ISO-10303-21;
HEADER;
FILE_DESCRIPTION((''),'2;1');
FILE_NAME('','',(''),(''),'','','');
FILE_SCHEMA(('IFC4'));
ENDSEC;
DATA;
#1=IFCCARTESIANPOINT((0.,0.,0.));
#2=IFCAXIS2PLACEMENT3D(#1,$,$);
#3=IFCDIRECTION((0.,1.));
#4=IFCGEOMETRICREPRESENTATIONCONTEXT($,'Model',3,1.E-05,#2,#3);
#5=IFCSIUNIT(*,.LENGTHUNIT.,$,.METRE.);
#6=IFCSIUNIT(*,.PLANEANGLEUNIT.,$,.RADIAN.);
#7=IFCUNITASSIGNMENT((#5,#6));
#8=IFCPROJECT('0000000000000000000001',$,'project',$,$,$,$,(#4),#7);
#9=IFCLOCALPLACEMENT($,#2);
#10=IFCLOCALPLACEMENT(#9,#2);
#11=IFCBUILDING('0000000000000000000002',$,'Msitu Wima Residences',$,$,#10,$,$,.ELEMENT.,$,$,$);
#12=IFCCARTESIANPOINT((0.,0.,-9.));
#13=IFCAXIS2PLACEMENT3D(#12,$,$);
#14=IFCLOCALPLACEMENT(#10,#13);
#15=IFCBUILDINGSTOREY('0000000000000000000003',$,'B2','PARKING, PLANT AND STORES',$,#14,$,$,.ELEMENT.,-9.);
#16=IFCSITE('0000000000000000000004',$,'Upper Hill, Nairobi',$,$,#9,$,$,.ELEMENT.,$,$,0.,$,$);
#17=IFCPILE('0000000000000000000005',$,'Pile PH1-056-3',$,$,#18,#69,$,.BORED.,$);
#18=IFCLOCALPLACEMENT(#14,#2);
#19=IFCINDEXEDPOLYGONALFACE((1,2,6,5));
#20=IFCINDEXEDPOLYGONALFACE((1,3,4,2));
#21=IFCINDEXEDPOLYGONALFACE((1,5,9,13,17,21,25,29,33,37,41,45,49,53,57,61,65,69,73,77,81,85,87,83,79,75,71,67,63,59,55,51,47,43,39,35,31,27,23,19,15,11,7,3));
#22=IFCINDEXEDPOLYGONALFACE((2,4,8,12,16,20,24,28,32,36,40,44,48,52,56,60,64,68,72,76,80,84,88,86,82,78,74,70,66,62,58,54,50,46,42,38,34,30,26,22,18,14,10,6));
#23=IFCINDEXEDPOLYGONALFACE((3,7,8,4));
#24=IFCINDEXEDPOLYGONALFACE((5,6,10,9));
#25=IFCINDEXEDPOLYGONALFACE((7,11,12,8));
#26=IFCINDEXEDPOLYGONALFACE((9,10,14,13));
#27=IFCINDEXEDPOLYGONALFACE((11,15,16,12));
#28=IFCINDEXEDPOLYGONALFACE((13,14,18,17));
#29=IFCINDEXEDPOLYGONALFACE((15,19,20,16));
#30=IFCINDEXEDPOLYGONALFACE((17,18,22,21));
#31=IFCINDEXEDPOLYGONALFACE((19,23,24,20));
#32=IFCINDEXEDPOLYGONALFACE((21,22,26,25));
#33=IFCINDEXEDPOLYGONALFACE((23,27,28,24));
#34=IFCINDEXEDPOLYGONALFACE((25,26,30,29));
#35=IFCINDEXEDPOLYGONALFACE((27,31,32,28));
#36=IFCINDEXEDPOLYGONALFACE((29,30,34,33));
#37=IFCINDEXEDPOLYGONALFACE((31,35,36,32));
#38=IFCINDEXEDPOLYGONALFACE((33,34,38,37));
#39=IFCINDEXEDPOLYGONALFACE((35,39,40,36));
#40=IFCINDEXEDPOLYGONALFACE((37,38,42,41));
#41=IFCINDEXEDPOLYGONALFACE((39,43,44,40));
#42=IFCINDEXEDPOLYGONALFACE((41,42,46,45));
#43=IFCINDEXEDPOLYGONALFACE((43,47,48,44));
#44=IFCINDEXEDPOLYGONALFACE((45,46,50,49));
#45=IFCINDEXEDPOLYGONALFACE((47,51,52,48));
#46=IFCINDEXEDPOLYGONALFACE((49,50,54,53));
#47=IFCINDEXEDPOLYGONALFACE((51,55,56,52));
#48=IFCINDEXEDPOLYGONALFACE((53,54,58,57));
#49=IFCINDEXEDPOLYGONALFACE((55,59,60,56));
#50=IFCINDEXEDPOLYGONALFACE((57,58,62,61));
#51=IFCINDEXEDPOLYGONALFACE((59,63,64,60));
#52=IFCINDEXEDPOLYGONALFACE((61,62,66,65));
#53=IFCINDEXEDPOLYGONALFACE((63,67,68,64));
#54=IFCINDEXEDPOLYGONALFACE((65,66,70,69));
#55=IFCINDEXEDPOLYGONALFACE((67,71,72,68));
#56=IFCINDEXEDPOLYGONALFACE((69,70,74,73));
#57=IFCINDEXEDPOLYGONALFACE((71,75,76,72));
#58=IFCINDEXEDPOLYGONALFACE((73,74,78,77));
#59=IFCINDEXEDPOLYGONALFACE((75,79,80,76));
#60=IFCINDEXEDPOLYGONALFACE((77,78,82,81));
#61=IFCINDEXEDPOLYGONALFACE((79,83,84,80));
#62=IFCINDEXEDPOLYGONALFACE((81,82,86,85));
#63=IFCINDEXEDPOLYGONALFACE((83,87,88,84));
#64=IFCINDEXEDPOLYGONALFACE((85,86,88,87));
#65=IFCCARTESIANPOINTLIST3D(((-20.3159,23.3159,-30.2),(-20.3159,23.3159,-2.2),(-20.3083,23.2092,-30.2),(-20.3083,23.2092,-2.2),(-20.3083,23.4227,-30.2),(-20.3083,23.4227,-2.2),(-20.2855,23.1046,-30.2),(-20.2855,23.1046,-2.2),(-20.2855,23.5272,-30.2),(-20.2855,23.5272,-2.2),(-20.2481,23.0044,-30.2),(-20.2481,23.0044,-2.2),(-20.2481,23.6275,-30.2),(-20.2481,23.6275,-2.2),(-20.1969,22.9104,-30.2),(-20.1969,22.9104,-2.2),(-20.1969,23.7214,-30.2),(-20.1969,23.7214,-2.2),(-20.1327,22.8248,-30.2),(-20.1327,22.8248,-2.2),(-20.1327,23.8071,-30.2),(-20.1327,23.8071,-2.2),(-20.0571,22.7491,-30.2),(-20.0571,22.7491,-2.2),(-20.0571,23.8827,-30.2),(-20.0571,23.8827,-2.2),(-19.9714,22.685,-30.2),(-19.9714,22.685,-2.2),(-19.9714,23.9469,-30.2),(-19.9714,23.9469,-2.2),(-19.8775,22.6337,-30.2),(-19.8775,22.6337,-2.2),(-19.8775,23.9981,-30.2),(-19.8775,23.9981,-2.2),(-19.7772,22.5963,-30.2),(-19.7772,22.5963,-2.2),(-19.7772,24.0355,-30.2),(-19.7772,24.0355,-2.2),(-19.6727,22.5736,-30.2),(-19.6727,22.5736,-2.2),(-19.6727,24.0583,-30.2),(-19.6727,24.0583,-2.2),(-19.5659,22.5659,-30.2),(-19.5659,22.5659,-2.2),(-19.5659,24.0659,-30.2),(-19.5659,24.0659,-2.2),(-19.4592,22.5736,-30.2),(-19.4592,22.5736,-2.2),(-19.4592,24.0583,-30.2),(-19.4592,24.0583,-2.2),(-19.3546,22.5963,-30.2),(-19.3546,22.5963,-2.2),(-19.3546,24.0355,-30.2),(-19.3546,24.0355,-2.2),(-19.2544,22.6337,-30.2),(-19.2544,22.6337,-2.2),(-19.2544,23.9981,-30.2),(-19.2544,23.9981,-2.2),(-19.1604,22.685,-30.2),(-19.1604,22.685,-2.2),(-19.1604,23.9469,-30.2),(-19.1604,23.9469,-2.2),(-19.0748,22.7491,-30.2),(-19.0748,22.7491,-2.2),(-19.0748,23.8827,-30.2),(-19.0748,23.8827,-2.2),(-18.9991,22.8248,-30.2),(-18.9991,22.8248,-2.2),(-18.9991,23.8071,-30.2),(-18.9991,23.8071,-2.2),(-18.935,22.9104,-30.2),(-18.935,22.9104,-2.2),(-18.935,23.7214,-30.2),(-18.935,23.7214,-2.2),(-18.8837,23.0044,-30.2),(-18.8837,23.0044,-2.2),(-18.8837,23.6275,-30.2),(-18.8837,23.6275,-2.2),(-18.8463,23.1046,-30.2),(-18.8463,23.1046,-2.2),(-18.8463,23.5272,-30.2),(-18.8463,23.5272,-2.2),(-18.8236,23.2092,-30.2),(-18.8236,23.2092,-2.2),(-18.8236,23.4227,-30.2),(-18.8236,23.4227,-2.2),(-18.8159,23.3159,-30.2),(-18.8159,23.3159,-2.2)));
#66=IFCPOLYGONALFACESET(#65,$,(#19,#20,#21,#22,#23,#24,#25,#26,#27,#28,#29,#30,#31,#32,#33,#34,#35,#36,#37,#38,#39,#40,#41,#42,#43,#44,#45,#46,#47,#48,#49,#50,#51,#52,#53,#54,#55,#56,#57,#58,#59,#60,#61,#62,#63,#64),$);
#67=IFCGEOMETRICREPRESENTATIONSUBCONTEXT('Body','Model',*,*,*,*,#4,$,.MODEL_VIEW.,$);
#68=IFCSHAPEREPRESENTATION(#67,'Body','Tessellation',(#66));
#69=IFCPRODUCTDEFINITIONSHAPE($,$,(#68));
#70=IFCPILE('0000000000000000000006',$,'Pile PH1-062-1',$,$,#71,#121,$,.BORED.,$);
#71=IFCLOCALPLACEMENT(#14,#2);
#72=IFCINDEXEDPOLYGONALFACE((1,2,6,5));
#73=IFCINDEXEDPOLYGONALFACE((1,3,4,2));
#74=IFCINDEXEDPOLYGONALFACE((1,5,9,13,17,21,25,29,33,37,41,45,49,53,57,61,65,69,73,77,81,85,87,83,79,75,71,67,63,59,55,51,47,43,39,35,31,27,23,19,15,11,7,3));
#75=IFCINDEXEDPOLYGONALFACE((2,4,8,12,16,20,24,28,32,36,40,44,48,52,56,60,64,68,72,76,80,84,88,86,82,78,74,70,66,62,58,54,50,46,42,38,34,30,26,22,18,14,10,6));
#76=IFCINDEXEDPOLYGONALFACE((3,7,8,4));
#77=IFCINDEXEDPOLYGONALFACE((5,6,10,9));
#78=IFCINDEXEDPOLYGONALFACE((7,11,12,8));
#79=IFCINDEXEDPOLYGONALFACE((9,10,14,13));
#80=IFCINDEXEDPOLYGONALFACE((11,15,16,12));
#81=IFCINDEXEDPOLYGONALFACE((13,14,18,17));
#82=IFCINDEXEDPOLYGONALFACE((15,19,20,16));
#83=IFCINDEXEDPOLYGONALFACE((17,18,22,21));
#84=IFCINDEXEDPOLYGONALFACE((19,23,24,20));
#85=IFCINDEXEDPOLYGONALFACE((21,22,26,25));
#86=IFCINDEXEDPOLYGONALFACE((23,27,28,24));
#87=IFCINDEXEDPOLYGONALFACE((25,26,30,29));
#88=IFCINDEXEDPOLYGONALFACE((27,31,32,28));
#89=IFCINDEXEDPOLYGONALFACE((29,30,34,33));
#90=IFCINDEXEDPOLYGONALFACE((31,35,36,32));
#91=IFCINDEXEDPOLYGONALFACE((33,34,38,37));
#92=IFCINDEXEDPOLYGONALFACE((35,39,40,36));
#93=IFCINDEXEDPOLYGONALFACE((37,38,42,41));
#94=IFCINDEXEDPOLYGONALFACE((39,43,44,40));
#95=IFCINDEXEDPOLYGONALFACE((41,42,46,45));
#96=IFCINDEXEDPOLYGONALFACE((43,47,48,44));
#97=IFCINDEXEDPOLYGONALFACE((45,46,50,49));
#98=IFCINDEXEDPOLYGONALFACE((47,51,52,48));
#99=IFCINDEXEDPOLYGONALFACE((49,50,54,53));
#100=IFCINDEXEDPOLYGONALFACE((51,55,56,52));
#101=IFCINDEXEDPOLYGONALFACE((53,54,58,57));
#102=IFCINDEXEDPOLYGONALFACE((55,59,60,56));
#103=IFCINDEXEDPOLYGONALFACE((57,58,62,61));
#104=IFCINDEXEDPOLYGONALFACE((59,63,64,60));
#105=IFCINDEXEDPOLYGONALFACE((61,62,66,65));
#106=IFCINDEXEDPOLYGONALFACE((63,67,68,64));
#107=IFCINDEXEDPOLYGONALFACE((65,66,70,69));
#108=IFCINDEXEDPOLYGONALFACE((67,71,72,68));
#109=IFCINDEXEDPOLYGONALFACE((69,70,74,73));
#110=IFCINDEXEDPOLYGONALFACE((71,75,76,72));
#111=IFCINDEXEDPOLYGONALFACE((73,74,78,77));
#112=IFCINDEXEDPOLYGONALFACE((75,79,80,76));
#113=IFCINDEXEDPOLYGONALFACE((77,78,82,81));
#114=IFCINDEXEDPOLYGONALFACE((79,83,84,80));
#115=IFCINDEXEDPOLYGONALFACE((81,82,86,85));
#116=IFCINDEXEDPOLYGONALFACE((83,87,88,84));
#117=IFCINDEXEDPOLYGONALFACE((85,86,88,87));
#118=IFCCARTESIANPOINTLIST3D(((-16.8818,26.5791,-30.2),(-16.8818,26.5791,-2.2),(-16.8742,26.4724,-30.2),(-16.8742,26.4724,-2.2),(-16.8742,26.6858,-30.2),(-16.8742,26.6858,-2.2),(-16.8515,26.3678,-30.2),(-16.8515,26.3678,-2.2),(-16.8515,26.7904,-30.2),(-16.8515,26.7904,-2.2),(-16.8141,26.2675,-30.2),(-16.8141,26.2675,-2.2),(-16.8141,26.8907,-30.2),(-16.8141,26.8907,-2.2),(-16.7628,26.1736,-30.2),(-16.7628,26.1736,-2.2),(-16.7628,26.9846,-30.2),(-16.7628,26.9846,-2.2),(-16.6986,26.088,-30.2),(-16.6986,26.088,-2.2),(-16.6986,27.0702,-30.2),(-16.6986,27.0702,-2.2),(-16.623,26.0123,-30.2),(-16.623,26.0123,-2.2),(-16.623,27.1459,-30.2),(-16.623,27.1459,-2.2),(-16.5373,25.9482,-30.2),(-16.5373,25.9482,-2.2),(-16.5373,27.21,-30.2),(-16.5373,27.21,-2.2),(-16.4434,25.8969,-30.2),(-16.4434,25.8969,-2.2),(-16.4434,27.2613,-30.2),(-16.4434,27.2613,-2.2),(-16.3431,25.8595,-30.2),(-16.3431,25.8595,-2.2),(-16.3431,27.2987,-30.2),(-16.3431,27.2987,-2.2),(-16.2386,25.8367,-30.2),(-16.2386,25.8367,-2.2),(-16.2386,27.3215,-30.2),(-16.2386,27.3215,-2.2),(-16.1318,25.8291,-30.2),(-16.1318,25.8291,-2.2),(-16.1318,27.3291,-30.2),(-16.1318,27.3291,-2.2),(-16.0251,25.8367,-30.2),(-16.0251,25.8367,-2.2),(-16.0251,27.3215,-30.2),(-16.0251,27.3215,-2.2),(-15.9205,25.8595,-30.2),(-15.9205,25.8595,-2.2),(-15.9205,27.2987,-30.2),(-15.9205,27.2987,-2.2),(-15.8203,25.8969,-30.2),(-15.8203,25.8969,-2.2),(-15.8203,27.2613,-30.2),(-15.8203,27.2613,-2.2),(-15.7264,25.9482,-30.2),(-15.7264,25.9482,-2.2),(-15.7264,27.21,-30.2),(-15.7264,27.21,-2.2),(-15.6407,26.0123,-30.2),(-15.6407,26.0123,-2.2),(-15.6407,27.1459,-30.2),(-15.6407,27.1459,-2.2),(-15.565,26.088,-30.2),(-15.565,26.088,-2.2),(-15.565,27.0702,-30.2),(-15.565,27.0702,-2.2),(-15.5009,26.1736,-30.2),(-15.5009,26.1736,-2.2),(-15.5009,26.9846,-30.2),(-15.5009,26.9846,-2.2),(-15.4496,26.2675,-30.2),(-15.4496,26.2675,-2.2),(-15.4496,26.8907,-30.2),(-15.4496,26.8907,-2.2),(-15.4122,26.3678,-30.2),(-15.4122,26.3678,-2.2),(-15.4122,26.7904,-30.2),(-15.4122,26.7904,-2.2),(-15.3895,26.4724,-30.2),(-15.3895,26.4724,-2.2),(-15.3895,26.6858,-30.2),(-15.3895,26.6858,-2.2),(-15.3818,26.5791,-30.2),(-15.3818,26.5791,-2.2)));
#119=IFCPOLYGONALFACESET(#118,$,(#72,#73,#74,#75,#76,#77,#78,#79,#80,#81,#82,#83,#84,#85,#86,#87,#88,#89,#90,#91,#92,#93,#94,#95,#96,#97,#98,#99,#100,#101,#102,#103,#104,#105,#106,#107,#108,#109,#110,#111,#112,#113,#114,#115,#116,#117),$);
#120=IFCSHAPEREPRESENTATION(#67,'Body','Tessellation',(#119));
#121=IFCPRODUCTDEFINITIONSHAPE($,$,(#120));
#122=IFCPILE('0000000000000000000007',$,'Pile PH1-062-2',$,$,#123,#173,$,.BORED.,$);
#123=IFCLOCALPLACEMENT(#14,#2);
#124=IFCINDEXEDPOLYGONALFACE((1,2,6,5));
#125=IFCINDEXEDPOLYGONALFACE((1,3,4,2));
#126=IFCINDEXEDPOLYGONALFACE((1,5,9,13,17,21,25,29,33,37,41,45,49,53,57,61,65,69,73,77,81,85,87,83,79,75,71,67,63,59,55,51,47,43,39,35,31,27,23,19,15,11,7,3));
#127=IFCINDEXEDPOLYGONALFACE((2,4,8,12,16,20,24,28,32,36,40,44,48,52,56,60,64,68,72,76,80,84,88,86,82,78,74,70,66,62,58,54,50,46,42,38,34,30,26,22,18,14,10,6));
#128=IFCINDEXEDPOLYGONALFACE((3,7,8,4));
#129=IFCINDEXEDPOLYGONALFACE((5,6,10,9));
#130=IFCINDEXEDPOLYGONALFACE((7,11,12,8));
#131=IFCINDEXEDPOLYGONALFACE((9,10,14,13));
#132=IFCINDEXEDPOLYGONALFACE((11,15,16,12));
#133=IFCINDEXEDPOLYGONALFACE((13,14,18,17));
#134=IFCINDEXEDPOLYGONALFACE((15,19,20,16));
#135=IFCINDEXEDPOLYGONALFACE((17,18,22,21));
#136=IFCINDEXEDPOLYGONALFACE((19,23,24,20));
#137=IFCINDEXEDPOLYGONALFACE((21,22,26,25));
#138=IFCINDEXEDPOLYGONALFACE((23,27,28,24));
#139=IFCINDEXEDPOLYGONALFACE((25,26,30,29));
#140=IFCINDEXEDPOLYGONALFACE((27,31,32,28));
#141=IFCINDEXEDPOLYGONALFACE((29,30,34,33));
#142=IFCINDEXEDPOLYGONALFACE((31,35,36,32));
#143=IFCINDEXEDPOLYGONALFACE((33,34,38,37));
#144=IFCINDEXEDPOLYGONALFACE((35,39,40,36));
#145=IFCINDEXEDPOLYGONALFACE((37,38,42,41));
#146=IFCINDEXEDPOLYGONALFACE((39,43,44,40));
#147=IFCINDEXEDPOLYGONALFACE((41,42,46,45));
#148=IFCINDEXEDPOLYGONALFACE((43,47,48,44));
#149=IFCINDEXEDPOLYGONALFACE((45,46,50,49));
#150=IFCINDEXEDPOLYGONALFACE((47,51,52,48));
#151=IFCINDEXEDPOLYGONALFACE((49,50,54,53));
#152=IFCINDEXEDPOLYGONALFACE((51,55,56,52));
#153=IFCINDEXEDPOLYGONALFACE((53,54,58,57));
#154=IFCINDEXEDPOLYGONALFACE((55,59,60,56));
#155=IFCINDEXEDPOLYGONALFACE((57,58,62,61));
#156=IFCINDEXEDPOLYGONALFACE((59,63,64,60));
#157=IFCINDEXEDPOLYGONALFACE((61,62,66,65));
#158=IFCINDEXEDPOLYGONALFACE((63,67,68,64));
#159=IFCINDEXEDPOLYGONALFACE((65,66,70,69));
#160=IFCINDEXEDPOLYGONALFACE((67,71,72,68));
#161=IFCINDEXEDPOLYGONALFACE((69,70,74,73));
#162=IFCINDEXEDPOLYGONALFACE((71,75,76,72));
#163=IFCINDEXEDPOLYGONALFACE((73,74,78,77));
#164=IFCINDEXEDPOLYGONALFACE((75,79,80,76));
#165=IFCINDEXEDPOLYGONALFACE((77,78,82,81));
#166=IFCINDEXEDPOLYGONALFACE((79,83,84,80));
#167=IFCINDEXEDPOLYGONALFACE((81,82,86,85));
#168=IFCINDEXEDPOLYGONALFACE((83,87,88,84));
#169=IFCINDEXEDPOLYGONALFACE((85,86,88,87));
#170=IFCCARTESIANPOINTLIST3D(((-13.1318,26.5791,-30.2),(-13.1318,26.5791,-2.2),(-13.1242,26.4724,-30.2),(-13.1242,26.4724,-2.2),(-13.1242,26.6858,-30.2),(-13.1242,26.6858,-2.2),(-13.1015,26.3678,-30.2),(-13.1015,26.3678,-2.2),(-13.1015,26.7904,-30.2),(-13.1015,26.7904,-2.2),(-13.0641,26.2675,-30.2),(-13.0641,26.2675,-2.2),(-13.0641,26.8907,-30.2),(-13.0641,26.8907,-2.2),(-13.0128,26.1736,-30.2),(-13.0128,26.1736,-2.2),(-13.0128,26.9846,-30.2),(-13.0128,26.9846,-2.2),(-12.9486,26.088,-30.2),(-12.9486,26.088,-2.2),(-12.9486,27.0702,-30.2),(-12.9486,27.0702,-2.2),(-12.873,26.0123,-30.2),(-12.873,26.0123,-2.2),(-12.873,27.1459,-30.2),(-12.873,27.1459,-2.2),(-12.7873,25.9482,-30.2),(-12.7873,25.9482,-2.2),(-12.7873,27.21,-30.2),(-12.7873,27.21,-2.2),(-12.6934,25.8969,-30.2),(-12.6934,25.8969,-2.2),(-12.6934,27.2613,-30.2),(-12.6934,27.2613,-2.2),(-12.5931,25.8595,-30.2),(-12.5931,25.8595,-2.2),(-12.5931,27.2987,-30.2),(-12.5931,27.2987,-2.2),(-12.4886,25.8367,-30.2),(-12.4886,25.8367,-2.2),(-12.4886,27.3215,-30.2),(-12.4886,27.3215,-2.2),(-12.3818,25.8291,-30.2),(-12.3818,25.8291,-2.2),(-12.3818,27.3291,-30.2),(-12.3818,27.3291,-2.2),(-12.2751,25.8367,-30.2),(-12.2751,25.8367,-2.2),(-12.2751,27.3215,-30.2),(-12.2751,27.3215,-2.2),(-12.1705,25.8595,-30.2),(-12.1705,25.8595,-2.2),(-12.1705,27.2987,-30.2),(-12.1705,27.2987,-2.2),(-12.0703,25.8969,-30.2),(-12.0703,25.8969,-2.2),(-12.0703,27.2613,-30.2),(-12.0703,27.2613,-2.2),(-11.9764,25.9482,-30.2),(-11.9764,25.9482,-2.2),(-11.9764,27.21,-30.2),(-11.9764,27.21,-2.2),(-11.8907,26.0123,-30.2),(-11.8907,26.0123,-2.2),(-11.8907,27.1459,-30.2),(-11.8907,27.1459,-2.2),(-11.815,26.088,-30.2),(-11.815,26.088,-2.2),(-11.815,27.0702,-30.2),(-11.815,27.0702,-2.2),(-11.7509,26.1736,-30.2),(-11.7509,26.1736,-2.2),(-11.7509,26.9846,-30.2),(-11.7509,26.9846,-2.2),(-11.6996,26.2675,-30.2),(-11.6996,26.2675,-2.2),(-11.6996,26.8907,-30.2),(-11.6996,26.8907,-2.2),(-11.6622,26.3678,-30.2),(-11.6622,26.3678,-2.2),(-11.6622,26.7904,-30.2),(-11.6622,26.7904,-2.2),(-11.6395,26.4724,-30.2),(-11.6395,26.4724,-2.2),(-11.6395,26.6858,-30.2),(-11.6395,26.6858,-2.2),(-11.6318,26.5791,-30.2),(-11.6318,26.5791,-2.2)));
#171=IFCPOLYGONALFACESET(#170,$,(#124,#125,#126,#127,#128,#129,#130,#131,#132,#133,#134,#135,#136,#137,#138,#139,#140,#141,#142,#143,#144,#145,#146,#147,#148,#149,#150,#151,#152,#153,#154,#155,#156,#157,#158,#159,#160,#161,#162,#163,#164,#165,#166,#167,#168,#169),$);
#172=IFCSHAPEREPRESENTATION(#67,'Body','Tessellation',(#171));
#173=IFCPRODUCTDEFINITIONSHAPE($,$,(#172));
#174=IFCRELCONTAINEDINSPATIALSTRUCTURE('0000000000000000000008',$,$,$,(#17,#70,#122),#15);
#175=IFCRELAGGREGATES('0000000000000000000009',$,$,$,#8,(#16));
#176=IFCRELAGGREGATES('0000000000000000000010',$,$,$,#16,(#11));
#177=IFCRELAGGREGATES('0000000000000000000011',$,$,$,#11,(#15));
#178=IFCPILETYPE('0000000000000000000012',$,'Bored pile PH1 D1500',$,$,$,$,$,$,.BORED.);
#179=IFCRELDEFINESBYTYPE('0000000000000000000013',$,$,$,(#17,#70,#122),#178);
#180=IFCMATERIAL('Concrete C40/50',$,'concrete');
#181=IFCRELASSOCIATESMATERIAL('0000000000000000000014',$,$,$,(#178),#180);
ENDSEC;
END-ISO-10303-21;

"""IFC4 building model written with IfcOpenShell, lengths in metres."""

from ifc_helpers import new_model, si_unit, direction, frame, origin, origin_2d, place, context, subcontext, project, spatial, circle, extrude, material, type_object, element, save


model = new_model("IFC4")

# Units and contexts
model_context = context("Model", 3, precision=1e-05, world=origin(), true_north=direction((0.0, 1.0)))
body_context = subcontext(model_context, "Body", "Model", "MODEL_VIEW")
ifc_project = project(units=[si_unit("LENGTHUNIT", "METRE"), si_unit("PLANEANGLEUNIT", "RADIAN")], contexts=[model_context])

# Site, building, storey
site_placement = place(None, origin())
site = spatial("IfcSite", under=ifc_project, at=site_placement, Name="Upper Hill, Nairobi", CompositionType="ELEMENT", RefElevation=0.0)
building_placement = place(site_placement, origin())
building = spatial("IfcBuilding", under=site, at=building_placement, Name="Msitu Wima Residences", CompositionType="ELEMENT")
storey_placement = place(building_placement, frame((0.0, 0.0, -9.0)))
storey = spatial("IfcBuildingStorey", under=building, at=storey_placement, Name="B2", Description="PARKING, PLANT AND STORES", CompositionType="ELEMENT", Elevation=-9.0)

# Piles
ifc_material_1 = material(Name="Concrete C40/50", Category="concrete")
pile_type = type_object("IfcPileType", Name="Bored pile PH1 D1500", PredefinedType="BORED", material=ifc_material_1)
for number, where, z_axis, x_axis, name in (
    (1, (-19.5659, 23.3159, -2.2), (0.0, 0.0, -1.0), (1.0, 0.0, 0.0), "Pile PH1-056-3"),
    (2, (-16.1318, 26.5791, -2.2), (0.0, 0.0, -1.0), (1.0, 0.0, 0.0), "Pile PH1-062-1"),
    (3, (-12.3818, 26.5791, -2.2), (0.0, 0.0, -1.0), (1.0, 0.0, 0.0), "Pile PH1-062-2"),
):
    element("IfcPile", number, at=place(storey_placement, frame(where, z_axis=z_axis, x_axis=x_axis)), inside=storey, type_object=pile_type, Name=name, PredefinedType="BORED", context=body_context, shape_type="SweptSolid", body=[
        extrude(circle(Radius=0.75, at=origin_2d()), origin(), (0.0, 0.0, 1.0), 28.0),
    ])

save(model, "model.ifc")
